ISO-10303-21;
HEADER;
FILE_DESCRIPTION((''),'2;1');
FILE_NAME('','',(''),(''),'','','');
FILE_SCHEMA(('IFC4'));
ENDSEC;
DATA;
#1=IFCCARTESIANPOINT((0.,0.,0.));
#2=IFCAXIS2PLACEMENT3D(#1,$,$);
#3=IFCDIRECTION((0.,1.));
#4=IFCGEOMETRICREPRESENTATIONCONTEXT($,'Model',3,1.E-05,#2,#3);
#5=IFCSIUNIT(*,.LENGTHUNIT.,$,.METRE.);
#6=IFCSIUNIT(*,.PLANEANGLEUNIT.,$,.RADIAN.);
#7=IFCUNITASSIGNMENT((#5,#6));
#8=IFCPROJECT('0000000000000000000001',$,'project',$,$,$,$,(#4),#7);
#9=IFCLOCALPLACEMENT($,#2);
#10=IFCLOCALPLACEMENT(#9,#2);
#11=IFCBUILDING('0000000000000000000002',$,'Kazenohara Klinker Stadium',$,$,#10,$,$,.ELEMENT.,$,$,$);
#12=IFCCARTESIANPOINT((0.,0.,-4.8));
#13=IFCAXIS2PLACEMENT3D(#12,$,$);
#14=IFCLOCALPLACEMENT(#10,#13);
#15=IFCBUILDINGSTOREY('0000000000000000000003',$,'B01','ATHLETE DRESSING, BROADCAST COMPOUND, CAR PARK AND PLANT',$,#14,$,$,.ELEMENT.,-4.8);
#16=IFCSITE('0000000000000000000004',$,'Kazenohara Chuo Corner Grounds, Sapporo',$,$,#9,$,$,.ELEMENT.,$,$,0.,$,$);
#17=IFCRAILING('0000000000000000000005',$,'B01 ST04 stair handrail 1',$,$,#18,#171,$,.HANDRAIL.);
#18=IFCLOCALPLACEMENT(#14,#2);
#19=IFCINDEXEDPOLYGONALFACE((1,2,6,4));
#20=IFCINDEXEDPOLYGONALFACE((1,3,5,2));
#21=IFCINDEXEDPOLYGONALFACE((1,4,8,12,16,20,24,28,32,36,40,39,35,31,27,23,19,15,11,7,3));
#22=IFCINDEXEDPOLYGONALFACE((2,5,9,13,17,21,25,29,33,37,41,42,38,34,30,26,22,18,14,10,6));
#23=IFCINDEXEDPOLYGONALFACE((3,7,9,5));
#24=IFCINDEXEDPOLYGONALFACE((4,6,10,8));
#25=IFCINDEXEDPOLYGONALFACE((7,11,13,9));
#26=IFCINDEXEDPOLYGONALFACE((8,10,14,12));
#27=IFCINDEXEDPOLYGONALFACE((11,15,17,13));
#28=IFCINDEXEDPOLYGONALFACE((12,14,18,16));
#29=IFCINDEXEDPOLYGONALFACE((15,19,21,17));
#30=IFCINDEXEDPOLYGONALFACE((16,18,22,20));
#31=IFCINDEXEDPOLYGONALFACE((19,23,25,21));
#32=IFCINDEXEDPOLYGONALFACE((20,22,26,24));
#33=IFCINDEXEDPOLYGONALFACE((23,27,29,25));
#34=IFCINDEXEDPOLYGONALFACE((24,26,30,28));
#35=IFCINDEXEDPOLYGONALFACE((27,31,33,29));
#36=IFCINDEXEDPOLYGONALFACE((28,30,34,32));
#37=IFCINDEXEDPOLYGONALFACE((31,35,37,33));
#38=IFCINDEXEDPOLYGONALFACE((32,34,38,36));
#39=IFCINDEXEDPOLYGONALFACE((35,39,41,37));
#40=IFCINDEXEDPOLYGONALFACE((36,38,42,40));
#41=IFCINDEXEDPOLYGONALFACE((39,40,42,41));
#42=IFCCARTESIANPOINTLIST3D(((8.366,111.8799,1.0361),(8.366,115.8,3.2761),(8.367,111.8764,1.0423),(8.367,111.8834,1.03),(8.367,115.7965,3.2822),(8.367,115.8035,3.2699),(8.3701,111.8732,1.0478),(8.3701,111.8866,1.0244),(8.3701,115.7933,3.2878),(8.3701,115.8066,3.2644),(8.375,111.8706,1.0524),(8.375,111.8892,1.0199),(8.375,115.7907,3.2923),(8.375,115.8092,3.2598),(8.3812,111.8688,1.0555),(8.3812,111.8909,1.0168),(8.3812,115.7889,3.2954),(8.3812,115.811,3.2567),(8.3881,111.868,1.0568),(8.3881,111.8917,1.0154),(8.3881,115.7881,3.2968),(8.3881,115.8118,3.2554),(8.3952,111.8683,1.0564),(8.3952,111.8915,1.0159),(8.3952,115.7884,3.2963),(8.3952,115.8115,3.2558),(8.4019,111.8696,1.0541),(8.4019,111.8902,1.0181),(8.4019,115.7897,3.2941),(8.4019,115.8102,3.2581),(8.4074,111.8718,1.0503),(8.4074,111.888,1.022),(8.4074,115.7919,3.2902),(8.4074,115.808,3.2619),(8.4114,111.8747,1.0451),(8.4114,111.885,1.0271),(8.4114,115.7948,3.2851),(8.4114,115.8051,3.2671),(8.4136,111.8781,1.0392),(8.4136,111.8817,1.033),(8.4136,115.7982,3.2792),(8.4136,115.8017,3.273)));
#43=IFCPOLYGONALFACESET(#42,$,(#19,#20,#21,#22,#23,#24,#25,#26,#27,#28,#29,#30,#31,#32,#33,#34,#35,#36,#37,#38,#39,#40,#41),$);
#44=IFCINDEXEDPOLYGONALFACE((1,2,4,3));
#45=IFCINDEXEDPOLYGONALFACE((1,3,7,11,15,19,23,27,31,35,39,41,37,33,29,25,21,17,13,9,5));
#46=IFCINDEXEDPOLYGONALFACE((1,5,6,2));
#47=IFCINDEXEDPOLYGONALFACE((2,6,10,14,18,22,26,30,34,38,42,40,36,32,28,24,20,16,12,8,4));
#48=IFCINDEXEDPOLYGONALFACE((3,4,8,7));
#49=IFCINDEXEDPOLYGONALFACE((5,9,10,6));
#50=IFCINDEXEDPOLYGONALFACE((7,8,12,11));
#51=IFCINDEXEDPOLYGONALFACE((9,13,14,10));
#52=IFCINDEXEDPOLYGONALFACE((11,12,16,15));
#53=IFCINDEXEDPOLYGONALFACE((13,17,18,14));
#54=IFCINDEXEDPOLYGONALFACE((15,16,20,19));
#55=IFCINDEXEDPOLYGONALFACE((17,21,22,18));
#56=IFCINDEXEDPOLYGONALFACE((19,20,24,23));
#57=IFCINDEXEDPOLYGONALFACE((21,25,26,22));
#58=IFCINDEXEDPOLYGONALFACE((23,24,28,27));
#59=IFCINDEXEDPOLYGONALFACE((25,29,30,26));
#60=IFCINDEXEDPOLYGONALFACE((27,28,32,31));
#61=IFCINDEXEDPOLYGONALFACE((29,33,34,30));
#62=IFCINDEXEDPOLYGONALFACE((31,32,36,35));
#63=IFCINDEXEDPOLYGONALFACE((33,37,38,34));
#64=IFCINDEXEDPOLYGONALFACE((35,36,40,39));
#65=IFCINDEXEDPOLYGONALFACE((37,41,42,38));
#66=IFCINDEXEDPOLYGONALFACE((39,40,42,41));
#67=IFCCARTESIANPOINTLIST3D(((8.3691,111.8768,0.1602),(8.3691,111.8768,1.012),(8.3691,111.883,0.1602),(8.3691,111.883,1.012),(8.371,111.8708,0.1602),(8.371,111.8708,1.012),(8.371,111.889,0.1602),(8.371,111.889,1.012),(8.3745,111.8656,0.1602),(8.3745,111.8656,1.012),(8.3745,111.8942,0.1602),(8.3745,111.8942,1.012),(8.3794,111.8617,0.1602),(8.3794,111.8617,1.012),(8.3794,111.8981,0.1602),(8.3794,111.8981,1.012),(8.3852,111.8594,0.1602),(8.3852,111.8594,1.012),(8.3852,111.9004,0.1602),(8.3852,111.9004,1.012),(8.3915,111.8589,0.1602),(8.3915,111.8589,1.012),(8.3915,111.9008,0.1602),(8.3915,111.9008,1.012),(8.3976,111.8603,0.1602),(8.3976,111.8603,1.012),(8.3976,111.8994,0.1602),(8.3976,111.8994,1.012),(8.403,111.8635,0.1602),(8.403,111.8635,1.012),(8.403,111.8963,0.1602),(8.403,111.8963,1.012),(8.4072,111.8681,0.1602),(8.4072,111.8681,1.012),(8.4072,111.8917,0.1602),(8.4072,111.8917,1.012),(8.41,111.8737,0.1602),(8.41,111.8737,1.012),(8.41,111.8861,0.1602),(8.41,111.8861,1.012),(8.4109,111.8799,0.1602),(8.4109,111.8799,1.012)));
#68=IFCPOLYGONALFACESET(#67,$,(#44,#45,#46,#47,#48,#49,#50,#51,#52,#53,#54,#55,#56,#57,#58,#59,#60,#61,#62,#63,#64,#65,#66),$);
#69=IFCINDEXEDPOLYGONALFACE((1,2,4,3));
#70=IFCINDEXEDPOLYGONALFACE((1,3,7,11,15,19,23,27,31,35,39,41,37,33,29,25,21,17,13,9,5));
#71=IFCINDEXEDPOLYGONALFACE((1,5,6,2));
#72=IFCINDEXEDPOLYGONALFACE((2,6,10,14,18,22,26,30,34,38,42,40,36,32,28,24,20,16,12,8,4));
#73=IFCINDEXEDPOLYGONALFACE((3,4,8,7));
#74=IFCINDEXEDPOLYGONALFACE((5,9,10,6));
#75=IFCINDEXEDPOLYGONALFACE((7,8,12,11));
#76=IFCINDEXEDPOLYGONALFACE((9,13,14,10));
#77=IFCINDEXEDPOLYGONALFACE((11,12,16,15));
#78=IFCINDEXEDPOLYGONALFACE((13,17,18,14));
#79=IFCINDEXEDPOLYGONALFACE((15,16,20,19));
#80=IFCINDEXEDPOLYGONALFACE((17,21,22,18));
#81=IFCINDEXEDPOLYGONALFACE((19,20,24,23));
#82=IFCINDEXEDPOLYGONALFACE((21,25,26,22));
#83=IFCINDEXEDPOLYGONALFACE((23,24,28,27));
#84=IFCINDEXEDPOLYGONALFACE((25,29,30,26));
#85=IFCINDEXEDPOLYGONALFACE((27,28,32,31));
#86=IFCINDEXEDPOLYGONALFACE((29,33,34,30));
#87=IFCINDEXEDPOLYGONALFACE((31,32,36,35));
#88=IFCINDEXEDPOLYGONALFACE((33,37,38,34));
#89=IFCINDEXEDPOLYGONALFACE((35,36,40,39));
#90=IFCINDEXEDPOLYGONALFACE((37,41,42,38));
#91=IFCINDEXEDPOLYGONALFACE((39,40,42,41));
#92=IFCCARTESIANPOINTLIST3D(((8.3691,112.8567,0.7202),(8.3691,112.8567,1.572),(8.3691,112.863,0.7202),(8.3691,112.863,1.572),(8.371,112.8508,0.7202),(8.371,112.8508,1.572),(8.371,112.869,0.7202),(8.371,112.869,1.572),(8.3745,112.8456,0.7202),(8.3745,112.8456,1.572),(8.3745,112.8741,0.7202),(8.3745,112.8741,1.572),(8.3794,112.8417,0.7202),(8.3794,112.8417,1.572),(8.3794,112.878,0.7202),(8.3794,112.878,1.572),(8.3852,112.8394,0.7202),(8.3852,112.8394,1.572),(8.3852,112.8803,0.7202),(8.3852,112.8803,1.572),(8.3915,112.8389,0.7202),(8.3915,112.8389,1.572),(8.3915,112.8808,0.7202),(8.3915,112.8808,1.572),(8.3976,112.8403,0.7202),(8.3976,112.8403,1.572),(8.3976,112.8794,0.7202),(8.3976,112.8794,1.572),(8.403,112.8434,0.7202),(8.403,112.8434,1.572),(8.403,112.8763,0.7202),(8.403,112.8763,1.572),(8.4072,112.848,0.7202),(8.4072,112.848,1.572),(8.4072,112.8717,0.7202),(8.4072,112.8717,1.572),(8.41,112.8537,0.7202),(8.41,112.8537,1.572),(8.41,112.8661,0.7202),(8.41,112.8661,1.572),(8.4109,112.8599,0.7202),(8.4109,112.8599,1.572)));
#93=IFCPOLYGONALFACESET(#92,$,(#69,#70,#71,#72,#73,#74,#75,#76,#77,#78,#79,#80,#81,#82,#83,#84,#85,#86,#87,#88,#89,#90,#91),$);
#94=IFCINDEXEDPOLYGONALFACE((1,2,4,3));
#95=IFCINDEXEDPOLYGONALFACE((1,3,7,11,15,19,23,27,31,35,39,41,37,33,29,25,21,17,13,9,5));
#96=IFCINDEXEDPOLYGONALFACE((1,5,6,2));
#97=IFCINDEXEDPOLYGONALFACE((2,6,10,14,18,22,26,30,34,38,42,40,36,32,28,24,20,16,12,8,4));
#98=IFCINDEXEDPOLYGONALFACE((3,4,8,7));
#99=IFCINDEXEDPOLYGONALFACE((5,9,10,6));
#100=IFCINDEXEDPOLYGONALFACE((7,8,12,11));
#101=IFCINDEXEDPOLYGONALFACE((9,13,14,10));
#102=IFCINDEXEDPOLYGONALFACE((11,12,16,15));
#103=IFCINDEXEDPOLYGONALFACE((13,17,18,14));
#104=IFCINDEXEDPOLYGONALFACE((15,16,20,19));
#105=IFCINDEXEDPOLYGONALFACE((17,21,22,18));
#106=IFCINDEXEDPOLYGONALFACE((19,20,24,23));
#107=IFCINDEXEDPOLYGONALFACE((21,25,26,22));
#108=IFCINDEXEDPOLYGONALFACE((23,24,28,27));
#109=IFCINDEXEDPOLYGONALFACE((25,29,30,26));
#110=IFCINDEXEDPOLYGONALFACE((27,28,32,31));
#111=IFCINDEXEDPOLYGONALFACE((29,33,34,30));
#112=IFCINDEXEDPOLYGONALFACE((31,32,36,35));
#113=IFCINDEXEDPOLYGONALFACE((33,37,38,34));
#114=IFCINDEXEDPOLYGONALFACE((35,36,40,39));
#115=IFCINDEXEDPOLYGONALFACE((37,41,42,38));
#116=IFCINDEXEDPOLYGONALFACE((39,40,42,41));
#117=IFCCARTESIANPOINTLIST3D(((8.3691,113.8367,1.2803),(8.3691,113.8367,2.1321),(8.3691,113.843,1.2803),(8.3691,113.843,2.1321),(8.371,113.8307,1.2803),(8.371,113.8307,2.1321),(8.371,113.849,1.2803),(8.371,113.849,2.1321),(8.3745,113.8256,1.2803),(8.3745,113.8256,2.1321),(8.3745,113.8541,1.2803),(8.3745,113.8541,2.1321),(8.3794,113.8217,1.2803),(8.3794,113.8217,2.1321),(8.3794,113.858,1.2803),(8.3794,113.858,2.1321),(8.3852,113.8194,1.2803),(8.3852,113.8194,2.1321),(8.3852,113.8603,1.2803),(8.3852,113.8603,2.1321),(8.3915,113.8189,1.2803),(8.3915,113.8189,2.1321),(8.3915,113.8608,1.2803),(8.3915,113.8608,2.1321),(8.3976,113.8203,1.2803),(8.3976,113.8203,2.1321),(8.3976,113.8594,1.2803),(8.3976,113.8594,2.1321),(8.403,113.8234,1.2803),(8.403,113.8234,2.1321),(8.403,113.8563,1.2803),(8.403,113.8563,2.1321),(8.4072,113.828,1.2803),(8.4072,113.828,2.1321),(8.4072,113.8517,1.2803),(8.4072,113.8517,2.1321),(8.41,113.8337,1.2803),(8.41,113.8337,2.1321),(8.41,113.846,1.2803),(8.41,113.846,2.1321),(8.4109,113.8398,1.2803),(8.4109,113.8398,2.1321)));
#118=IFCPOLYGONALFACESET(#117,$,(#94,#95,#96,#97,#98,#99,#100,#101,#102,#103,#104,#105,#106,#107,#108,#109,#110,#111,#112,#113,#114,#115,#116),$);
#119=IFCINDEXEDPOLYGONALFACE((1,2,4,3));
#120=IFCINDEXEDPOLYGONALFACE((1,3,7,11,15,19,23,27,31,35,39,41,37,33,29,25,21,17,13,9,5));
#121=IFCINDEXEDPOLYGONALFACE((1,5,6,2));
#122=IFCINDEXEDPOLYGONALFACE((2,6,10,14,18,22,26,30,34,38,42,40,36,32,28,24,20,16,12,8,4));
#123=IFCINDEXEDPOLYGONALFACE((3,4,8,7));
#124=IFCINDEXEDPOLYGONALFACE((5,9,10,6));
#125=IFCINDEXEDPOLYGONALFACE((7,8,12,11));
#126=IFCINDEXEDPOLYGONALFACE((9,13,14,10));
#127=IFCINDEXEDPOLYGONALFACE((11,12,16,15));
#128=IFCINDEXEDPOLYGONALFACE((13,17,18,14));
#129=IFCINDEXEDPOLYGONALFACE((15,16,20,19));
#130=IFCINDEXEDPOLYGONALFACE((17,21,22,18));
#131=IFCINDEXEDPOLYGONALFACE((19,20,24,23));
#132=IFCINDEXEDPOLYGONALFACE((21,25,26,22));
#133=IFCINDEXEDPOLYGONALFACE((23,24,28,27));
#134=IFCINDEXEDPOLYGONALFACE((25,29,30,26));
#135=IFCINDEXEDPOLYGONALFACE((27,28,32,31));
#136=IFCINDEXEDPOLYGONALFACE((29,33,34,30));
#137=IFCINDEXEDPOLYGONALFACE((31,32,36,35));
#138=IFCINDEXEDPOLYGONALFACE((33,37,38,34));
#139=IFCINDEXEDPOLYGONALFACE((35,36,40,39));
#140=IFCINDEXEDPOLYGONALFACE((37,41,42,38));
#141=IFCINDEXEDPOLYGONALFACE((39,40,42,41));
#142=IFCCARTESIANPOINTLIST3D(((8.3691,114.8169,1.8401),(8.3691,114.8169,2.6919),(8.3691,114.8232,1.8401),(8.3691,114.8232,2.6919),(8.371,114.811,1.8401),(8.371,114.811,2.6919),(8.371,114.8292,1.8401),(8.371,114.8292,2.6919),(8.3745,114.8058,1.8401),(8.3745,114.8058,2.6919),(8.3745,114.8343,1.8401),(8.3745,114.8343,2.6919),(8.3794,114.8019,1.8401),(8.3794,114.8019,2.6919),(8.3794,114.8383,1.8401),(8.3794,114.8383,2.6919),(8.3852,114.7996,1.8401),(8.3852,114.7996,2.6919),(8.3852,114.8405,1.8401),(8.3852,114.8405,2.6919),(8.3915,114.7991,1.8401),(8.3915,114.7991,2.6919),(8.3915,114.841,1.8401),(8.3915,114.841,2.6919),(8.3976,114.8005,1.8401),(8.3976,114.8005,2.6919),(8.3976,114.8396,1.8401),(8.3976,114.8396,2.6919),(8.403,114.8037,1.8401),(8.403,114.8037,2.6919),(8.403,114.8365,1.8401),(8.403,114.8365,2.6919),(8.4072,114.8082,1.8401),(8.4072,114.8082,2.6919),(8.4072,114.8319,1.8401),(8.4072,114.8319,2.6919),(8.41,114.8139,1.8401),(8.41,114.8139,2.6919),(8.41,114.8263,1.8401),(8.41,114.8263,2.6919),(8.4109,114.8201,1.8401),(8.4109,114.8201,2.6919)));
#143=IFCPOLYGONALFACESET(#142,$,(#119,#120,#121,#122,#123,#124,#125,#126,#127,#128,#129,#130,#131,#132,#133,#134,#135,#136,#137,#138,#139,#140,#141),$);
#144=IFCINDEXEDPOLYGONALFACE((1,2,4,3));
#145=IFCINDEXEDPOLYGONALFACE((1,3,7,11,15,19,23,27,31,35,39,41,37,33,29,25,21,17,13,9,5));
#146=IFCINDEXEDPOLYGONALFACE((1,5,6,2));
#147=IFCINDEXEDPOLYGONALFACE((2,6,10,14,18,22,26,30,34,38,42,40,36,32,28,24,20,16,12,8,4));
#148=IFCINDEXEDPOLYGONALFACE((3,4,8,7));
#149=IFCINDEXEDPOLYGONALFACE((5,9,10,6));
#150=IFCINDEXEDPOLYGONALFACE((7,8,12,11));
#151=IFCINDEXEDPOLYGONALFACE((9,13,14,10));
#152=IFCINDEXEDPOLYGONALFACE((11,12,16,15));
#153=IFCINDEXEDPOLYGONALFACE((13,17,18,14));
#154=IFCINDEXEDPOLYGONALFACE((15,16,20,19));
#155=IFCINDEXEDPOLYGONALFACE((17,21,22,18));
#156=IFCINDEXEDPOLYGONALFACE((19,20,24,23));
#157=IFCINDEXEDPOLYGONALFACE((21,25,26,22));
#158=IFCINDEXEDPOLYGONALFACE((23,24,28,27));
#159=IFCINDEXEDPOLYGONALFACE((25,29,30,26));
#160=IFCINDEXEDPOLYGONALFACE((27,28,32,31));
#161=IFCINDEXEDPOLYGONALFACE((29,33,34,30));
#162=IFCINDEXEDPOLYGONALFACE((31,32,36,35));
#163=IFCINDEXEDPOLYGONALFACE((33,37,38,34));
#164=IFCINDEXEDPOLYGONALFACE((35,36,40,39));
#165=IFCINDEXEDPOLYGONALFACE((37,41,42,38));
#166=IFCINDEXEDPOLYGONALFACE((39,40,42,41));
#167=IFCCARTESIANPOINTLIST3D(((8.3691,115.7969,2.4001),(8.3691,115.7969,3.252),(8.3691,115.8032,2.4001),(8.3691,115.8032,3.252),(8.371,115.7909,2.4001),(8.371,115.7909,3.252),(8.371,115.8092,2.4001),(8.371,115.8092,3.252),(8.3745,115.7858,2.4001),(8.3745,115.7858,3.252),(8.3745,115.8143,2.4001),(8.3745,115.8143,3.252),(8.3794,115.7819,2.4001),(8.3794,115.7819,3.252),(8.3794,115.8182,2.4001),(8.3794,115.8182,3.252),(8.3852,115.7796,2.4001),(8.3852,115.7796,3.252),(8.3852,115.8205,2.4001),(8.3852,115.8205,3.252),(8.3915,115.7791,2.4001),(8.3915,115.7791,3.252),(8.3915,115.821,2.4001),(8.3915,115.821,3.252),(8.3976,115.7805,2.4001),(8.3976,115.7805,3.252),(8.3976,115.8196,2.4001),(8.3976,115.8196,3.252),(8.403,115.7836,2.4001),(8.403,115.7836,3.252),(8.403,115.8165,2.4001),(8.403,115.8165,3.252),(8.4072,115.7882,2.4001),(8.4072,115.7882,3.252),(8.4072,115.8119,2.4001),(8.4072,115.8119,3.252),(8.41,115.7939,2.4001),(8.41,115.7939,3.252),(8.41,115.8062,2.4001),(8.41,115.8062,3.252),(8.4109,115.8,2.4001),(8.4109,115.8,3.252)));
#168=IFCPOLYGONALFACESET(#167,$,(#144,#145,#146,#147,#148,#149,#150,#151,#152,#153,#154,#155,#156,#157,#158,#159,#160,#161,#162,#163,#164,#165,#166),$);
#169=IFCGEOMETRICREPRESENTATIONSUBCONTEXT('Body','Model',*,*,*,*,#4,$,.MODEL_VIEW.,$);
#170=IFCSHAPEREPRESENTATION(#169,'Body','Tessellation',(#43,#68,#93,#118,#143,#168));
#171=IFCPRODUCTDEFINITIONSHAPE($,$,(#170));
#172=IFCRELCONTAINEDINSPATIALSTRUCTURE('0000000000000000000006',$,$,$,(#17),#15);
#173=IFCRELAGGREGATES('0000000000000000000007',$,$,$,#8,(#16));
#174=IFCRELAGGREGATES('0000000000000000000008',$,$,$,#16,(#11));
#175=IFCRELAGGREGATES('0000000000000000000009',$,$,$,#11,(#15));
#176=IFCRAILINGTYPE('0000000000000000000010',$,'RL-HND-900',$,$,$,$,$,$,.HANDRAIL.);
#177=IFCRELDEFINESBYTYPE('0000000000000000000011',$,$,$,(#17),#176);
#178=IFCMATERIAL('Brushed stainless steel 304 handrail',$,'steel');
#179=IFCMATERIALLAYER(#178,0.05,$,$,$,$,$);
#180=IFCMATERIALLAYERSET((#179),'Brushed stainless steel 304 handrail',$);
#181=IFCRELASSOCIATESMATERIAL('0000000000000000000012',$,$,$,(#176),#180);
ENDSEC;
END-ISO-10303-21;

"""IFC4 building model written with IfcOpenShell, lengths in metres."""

from ifc_helpers import new_model, si_unit, direction, frame, origin, origin_2d, place, context, subcontext, project, spatial, circle, extrude, material, layer, layer_set, type_object, element, save


model = new_model("IFC4")

# Units and contexts
model_context = context("Model", 3, precision=1e-05, world=origin(), true_north=direction((0.0, 1.0)))
body_context = subcontext(model_context, "Body", "Model", "MODEL_VIEW")
ifc_project = project(units=[si_unit("LENGTHUNIT", "METRE"), si_unit("PLANEANGLEUNIT", "RADIAN")], contexts=[model_context])

# Site, building, storey
site_placement = place(None, origin())
site = spatial("IfcSite", under=ifc_project, at=site_placement, Name="Kazenohara Chuo Corner Grounds, Sapporo", CompositionType="ELEMENT", RefElevation=0.0)
building_placement = place(site_placement, origin())
building = spatial("IfcBuilding", under=site, at=building_placement, Name="Kazenohara Klinker Stadium", CompositionType="ELEMENT")
storey_placement = place(building_placement, frame((0.0, 0.0, -4.8)))
storey = spatial("IfcBuildingStorey", under=building, at=storey_placement, Name="B01", Description="ATHLETE DRESSING, BROADCAST COMPOUND, CAR PARK AND PLANT", CompositionType="ELEMENT", Elevation=-4.8)

# Railing
ifc_material_1 = material(Name="Brushed stainless steel 304 handrail", Category="steel")
ifc_layer_1 = layer(ifc_material_1, 0.05)
ifc_layer_set_1 = layer_set([ifc_layer_1], Name="Brushed stainless steel 304 handrail")
railing_type_1 = type_object("IfcRailingType", Name="RL-HND-900", PredefinedType="HANDRAIL", material=ifc_layer_set_1)
railing_1_placement = place(storey_placement, frame((8.3899, 111.8799, 0.1602)))
element("IfcRailing", 1, at=railing_1_placement, inside=storey, type_object=railing_type_1, Name="B01 ST04 stair handrail 1", PredefinedType="HANDRAIL", context=body_context, shape_type="SweptSolid", body=[
    extrude(circle(Radius=0.0239, at=origin_2d()), frame((0.0, 0.0, 0.876), z_axis=(0.0, 0.868253, 0.496121), x_axis=(-1.0, 0.0, 0.0)), (0.0, 0.0, 1.0), 4.5149),
    extrude(circle(Radius=0.021, at=origin_2d()), origin(), (0.0, 0.0, 1.0), 0.8518),
    extrude(circle(Radius=0.021, at=origin_2d()), frame((0.0, 0.98, 0.5601)), (0.0, 0.0, 1.0), 0.8518),
    extrude(circle(Radius=0.021, at=origin_2d()), frame((0.0, 1.96, 1.1201)), (0.0, 0.0, 1.0), 0.8518),
    extrude(circle(Radius=0.021, at=origin_2d()), frame((0.0, 2.9402, 1.6799)), (0.0, 0.0, 1.0), 0.8518),
    extrude(circle(Radius=0.021, at=origin_2d()), frame((0.0, 3.9202, 2.24)), (0.0, 0.0, 1.0), 0.8518),
])

save(model, "model.ifc")
